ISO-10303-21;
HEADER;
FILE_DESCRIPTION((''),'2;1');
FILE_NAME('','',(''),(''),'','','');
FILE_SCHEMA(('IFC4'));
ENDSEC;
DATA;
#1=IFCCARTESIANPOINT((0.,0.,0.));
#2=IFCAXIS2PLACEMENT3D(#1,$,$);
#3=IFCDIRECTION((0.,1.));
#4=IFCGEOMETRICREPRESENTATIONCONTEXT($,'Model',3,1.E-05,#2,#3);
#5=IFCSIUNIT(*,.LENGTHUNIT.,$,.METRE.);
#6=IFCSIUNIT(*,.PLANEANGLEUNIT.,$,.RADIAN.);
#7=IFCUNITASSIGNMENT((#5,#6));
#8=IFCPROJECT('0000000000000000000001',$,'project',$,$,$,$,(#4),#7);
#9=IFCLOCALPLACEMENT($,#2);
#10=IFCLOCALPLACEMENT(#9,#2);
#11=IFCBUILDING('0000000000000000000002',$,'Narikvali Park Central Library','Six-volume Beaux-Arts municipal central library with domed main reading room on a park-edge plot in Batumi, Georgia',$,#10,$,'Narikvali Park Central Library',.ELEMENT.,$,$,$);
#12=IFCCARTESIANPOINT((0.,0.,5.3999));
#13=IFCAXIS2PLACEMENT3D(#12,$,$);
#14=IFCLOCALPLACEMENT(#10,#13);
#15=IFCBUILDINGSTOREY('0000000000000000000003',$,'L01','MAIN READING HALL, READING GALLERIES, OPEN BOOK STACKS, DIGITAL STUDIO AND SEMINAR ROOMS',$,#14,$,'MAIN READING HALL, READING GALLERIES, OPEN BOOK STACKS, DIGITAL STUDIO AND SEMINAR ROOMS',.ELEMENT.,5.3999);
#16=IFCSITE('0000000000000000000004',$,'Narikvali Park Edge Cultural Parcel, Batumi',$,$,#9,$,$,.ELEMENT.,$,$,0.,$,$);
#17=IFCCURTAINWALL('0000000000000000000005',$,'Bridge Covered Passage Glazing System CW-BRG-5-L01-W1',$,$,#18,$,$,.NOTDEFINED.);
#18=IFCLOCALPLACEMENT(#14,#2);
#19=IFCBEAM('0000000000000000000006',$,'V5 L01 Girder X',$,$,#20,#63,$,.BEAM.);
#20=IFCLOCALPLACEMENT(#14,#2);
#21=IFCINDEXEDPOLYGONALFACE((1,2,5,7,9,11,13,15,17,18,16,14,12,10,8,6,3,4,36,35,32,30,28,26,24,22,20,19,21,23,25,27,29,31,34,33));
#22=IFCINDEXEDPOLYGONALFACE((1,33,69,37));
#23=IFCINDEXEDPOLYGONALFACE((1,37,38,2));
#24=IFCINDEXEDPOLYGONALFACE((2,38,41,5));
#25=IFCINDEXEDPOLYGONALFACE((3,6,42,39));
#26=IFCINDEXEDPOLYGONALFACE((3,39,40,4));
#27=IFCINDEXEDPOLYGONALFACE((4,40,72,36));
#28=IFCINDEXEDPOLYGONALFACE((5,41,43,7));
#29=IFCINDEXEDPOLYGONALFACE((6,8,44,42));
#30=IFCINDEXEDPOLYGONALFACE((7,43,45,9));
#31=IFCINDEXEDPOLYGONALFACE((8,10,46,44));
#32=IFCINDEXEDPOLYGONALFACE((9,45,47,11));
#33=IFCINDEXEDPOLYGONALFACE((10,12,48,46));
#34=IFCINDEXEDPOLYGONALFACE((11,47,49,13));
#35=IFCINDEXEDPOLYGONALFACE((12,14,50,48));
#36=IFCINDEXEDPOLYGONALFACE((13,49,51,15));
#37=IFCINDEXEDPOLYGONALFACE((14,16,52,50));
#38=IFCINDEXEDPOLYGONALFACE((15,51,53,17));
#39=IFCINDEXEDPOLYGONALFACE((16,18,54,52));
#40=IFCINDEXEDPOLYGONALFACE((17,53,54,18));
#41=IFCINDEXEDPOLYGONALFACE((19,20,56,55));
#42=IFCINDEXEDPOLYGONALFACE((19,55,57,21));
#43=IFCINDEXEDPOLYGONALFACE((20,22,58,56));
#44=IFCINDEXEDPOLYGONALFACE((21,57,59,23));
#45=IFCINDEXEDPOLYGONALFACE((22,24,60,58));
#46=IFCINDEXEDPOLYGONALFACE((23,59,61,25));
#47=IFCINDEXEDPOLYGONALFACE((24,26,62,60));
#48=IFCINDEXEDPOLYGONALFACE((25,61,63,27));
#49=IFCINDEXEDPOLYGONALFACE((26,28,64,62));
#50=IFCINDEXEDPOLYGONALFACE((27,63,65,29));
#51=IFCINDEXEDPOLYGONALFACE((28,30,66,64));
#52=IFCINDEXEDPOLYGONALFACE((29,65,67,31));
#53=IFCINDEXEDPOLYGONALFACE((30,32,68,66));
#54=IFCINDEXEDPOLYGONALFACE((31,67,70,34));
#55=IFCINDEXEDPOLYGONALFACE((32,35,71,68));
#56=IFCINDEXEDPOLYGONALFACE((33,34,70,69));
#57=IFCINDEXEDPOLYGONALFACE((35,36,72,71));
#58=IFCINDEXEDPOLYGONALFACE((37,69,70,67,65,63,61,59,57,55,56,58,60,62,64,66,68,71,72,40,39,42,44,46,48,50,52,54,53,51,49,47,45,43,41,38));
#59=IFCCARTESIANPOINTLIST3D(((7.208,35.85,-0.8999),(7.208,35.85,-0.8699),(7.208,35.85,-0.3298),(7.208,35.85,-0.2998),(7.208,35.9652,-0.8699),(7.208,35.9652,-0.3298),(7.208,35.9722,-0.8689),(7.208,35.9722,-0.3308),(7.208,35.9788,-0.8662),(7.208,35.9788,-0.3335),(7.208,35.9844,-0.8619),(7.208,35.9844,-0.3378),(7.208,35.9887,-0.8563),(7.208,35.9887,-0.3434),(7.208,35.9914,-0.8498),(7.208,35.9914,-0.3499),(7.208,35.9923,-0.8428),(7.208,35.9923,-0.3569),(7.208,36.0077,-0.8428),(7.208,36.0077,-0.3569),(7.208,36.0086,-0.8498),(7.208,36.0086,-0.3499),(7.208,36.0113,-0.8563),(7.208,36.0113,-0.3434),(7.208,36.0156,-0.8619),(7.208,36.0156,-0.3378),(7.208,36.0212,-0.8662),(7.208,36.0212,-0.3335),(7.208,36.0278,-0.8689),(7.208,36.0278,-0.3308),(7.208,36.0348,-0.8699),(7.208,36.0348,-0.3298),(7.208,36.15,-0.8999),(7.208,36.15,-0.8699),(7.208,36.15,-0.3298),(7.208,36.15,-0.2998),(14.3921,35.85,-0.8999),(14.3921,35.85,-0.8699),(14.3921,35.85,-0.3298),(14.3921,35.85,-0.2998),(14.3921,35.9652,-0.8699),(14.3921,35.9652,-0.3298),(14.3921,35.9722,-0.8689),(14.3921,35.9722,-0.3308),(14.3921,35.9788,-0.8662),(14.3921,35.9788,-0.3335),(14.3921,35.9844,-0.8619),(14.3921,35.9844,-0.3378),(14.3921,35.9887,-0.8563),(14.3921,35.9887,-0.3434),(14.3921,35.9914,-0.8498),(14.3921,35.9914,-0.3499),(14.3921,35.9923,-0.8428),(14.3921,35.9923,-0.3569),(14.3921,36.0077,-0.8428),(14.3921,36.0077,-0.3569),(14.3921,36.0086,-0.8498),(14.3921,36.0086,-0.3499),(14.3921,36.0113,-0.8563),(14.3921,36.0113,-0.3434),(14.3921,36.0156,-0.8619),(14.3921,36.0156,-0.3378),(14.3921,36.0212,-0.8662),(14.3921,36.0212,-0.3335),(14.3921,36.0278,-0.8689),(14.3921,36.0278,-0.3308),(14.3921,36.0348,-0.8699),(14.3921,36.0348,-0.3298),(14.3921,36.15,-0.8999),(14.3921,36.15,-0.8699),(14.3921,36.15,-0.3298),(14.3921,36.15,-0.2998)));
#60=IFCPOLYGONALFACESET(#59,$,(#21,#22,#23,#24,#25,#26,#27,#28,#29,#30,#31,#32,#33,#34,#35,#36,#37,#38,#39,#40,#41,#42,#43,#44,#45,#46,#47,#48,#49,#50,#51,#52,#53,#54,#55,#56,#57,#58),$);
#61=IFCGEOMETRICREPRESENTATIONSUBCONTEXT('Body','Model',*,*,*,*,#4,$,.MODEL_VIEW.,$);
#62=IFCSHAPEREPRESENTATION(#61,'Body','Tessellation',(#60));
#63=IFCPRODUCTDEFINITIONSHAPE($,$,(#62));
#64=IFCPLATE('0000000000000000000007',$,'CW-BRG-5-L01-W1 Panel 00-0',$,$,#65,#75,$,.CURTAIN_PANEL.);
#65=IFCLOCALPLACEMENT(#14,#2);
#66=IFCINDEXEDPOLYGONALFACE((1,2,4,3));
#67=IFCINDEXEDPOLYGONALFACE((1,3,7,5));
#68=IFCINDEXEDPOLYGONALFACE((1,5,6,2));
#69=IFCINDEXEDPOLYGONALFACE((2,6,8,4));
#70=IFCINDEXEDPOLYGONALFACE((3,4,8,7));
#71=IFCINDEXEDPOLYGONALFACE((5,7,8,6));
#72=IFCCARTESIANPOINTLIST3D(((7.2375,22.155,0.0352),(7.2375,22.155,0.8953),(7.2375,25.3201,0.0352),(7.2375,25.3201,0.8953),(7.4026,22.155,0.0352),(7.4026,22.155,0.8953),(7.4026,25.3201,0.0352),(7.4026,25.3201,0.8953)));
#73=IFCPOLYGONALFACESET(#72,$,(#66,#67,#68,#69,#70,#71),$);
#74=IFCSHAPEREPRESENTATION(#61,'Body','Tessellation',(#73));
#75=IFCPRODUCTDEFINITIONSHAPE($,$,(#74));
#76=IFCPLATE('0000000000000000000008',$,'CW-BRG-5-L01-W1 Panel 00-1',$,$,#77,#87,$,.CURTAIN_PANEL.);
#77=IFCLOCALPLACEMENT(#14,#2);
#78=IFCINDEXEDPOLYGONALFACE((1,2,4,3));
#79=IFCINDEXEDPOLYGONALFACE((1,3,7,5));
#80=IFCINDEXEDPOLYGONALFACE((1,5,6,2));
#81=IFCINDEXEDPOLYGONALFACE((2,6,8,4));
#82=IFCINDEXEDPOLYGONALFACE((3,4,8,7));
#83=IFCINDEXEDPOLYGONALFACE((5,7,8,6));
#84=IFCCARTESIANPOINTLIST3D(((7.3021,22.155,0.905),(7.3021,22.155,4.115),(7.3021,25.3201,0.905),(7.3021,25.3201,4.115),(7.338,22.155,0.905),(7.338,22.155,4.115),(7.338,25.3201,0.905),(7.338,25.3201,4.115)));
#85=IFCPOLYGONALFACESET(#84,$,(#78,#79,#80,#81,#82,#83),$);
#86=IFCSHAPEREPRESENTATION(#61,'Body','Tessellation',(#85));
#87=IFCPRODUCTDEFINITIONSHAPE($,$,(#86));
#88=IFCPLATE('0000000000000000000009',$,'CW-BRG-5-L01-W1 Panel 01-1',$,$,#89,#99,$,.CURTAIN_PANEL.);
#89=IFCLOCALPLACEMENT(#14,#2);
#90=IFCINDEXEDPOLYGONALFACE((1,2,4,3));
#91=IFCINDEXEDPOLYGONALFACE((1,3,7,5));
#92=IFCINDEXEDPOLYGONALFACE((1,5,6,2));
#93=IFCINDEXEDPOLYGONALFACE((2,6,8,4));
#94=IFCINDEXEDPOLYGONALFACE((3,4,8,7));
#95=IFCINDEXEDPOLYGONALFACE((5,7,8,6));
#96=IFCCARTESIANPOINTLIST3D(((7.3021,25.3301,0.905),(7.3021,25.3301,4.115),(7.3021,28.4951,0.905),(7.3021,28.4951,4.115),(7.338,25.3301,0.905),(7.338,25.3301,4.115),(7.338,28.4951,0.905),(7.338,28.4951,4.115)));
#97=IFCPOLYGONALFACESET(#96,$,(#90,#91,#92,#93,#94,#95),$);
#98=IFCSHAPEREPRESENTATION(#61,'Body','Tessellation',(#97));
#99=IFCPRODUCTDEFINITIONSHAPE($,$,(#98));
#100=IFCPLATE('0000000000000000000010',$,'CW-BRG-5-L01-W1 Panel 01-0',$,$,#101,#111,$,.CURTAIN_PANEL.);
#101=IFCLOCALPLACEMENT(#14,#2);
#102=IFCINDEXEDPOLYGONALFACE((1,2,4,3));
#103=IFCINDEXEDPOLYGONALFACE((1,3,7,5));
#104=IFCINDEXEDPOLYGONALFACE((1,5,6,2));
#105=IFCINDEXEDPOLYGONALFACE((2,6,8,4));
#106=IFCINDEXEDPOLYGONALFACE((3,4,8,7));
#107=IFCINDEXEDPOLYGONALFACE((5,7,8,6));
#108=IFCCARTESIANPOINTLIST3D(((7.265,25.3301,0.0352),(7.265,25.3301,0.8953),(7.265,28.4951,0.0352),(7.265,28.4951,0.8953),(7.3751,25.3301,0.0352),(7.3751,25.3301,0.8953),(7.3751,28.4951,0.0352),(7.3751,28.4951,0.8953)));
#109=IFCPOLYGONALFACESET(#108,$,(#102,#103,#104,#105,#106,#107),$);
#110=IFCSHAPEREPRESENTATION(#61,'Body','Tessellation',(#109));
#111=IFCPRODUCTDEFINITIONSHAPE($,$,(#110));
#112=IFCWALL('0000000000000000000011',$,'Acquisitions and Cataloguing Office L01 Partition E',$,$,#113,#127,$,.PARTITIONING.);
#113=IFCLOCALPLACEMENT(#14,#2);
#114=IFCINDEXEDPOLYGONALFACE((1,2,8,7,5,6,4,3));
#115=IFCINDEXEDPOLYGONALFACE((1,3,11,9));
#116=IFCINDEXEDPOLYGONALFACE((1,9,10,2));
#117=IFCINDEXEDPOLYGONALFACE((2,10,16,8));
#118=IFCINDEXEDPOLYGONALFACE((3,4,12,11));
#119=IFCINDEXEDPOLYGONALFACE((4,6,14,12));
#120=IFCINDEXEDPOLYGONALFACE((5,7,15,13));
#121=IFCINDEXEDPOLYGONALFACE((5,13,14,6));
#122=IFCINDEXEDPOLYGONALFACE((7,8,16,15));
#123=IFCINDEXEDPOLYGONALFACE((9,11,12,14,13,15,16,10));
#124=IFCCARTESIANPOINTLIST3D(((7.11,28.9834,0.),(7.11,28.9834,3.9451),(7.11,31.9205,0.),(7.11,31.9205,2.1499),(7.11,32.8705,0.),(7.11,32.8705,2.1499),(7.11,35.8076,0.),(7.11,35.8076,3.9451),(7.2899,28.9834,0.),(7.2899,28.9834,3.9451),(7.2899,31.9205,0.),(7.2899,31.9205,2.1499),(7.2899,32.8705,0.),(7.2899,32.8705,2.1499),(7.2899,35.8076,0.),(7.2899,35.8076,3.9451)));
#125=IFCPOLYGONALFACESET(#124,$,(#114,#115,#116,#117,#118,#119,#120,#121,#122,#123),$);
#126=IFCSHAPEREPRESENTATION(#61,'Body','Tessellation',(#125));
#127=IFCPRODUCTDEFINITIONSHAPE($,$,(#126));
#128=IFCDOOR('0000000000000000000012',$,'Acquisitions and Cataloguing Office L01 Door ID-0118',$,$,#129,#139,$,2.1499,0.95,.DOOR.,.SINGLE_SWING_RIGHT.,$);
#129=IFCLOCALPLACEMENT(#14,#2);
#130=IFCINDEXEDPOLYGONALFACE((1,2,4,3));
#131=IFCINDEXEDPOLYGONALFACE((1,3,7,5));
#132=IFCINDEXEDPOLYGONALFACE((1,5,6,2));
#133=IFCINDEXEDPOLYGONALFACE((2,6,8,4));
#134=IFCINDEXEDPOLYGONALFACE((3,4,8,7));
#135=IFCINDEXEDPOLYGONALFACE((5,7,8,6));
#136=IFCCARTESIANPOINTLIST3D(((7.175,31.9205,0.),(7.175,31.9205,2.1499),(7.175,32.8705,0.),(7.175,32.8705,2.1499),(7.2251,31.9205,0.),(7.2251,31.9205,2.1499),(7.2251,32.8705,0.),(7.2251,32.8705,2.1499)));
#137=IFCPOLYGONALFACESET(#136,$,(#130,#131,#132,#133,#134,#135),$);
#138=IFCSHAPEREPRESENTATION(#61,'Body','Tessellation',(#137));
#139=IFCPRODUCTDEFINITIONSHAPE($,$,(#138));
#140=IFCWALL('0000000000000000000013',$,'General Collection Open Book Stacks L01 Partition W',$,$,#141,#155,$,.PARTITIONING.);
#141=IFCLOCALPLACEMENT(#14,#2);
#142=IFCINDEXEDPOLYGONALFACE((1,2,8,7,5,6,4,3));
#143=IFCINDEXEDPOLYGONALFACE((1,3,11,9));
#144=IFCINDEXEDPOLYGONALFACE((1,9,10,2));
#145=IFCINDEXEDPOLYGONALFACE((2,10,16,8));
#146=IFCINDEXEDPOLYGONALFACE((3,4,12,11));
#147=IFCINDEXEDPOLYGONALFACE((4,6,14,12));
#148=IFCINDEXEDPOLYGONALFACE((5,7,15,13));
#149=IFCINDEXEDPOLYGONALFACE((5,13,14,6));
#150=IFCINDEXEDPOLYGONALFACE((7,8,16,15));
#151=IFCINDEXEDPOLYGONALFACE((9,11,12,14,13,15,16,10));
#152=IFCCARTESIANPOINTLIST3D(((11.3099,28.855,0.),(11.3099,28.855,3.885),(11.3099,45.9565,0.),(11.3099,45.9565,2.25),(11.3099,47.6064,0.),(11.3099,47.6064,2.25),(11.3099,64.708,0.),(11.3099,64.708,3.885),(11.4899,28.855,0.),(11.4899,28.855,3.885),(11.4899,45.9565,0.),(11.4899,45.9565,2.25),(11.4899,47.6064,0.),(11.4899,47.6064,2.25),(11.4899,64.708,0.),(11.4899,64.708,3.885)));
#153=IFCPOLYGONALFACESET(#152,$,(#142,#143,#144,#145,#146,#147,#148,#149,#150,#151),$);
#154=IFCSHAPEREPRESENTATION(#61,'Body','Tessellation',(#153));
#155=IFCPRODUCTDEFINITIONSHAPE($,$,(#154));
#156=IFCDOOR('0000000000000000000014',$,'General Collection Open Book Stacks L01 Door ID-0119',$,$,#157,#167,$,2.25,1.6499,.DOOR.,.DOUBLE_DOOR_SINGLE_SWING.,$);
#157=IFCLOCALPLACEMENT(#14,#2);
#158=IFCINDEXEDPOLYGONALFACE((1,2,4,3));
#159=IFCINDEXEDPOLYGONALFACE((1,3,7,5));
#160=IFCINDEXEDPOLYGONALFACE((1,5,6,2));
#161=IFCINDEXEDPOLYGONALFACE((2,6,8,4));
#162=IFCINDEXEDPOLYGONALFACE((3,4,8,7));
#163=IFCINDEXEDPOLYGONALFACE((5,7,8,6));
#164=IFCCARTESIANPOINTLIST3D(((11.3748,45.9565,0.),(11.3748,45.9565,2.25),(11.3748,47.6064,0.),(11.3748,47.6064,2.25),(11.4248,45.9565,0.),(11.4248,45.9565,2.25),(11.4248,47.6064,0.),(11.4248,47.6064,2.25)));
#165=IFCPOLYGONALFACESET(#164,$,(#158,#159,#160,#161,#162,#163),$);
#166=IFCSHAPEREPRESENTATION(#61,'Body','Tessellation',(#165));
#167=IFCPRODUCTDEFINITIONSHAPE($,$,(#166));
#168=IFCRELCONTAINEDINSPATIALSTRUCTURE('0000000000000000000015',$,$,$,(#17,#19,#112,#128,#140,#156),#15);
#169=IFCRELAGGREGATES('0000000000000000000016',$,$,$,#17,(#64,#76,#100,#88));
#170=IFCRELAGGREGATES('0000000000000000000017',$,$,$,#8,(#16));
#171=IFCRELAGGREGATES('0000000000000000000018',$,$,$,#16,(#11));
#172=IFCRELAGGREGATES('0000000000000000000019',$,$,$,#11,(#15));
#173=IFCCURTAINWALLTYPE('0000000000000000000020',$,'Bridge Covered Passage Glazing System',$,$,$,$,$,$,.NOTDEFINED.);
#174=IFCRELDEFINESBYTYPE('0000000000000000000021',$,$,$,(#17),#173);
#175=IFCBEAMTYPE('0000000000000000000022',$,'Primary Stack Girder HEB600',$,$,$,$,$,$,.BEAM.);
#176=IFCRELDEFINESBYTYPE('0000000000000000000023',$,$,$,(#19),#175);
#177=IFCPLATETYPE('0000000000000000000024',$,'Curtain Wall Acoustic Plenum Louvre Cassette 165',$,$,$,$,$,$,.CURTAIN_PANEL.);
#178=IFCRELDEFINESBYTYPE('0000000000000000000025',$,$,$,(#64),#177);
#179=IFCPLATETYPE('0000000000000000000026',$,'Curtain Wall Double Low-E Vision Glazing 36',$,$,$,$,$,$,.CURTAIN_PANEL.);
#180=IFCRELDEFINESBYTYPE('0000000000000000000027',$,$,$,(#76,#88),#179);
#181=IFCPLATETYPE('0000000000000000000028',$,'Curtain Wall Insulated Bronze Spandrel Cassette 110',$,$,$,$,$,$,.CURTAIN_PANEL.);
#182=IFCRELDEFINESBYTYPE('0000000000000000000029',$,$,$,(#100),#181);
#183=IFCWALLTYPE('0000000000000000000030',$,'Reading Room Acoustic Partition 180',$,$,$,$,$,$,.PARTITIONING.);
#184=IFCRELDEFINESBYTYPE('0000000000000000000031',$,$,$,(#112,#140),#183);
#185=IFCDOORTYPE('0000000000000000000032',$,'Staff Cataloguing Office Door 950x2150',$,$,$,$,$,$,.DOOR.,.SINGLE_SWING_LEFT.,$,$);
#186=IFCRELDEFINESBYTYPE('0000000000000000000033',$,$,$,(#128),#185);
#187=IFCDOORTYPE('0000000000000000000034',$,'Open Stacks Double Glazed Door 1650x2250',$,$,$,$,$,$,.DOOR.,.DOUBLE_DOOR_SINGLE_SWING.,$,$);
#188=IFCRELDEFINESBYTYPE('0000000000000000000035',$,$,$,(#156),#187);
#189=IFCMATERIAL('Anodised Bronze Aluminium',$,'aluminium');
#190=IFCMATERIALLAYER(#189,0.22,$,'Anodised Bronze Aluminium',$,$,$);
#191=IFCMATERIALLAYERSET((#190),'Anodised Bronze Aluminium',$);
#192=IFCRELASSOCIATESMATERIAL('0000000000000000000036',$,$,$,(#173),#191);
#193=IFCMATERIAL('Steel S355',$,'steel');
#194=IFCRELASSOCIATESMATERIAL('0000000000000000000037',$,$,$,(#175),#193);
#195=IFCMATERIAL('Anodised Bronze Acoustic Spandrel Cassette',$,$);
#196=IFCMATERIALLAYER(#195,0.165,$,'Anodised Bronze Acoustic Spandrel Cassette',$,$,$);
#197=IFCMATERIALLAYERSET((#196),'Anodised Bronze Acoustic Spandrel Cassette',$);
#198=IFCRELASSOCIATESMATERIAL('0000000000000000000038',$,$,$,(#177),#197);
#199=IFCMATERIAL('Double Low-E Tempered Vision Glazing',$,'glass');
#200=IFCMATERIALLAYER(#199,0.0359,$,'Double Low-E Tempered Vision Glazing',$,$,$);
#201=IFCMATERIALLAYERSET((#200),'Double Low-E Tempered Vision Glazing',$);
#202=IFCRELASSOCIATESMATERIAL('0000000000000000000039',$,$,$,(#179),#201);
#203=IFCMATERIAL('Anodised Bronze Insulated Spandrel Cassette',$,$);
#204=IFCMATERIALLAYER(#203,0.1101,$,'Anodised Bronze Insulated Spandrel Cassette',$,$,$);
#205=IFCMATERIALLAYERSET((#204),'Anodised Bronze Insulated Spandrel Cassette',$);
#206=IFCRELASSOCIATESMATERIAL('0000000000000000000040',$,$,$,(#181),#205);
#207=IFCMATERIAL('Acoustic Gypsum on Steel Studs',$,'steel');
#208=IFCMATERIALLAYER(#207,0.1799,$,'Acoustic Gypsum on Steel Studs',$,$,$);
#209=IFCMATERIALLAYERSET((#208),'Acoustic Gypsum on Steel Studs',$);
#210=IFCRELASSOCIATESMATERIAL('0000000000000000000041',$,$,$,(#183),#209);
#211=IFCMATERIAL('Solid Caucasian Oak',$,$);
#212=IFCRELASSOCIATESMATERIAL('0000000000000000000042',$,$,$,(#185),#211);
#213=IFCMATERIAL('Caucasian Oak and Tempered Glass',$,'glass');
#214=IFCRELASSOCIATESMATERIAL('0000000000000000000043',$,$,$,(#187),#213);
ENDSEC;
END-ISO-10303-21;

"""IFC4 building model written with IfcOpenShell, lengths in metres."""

from ifc_helpers import new_model, si_unit, direction, frame, frame_2d, origin, origin_2d, place, context, subcontext, project, spatial, rectangle, i_section, extrude, material, layer, layer_set, material_profile, profile_set, type_object, element, fill, aggregate, save


model = new_model("IFC4")

# Units and contexts
model_context = context("Model", 3, precision=1e-05, world=origin(), true_north=direction((0.0, 1.0)))
body_context = subcontext(model_context, "Body", "Model", "MODEL_VIEW")
ifc_project = project(units=[si_unit("LENGTHUNIT", "METRE"), si_unit("PLANEANGLEUNIT", "RADIAN")], contexts=[model_context])

# Site, building, storey
site_placement = place(None, origin())
site = spatial("IfcSite", under=ifc_project, at=site_placement, Name="Narikvali Park Edge Cultural Parcel, Batumi", CompositionType="ELEMENT", RefElevation=0.0)
building_placement = place(site_placement, origin())
building = spatial("IfcBuilding", under=site, at=building_placement, Name="Narikvali Park Central Library", Description="Six-volume Beaux-Arts municipal central library with domed main reading room on a park-edge plot in Batumi, Georgia", LongName="Narikvali Park Central Library", CompositionType="ELEMENT")
storey_placement = place(building_placement, frame((0.0, 0.0, 5.3999)))
storey = spatial("IfcBuildingStorey", under=building, at=storey_placement, Name="L01", Description="MAIN READING HALL, READING GALLERIES, OPEN BOOK STACKS, DIGITAL STUDIO AND SEMINAR ROOMS", LongName="MAIN READING HALL, READING GALLERIES, OPEN BOOK STACKS, DIGITAL STUDIO AND SEMINAR ROOMS", CompositionType="ELEMENT", Elevation=5.3999)

# Shared definitions
ifc_material_1 = material(Name="Steel S355", Category="steel")

# Curtain wall
ifc_material_2 = material(Name="Anodised Bronze Aluminium", Category="aluminium")
ifc_layer_1 = layer(ifc_material_2, 0.22, Name="Anodised Bronze Aluminium")
ifc_layer_set_1 = layer_set([ifc_layer_1], Name="Anodised Bronze Aluminium")
curtain_wall_type = type_object("IfcCurtainWallType", Name="Bridge Covered Passage Glazing System", PredefinedType="NOTDEFINED", material=ifc_layer_set_1)
curtain_wall_placement = place(storey_placement, origin())
curtain_wall = element("IfcCurtainWall", 1, at=curtain_wall_placement, inside=storey, type_object=curtain_wall_type, Name="Bridge Covered Passage Glazing System CW-BRG-5-L01-W1", PredefinedType="NOTDEFINED")

# Beam
ifc_material_profile_1 = material_profile(ifc_material_1, i_section(OverallWidth=0.3, OverallDepth=0.6001, WebThickness=0.0154, FlangeThickness=0.03, FilletRadius=0.0271, at=origin_2d()), Name="HEB 600")
ifc_profile_set_1 = profile_set([ifc_material_profile_1], Name="Steel S355")
beam_type_1 = type_object("IfcBeamType", Name="Primary Stack Girder HEB600", PredefinedType="BEAM", material=ifc_profile_set_1)
beam_1_placement = place(storey_placement, frame((7.208, 36.0, -0.5999), z_axis=(1.0, 0.0, 0.0), x_axis=(0.0, 1.0, 0.0)))
element("IfcBeam", 2, at=beam_1_placement, inside=storey, type_object=beam_type_1, Name="V5 L01 Girder X", PredefinedType="BEAM", context=body_context, shape_type="SweptSolid", body=[
    extrude(i_section(OverallWidth=0.3, OverallDepth=0.6001, WebThickness=0.0154, FlangeThickness=0.03, FilletRadius=0.0271, at=origin_2d()), origin(), (0.0, 0.0, 1.0), 7.1841),
])

# Plates
ifc_material_3 = material(Name="Anodised Bronze Acoustic Spandrel Cassette")
ifc_layer_2 = layer(ifc_material_3, 0.165, Name="Anodised Bronze Acoustic Spandrel Cassette")
ifc_layer_set_2 = layer_set([ifc_layer_2], Name="Anodised Bronze Acoustic Spandrel Cassette")
plate_type_1 = type_object("IfcPlateType", Name="Curtain Wall Acoustic Plenum Louvre Cassette 165", PredefinedType="CURTAIN_PANEL", material=ifc_layer_set_2)
plate_1_placement = place(storey_placement, frame((7.3201, 23.7375, 0.0352), z_axis=(0.0, 0.0, 1.0), x_axis=(0.0, 1.0, 0.0)))
plate_1 = element("IfcPlate", 3, at=plate_1_placement, type_object=plate_type_1, Name="CW-BRG-5-L01-W1 Panel 00-0", PredefinedType="CURTAIN_PANEL", context=body_context, shape_type="SweptSolid", body=[
    extrude(rectangle(XDim=3.165, YDim=0.165, at=origin_2d()), origin(), (0.0, 0.0, 1.0), 0.8601),
])
ifc_material_4 = material(Name="Double Low-E Tempered Vision Glazing", Category="glass")
ifc_layer_3 = layer(ifc_material_4, 0.0359, Name="Double Low-E Tempered Vision Glazing")
ifc_layer_set_3 = layer_set([ifc_layer_3], Name="Double Low-E Tempered Vision Glazing")
plate_type_2 = type_object("IfcPlateType", Name="Curtain Wall Double Low-E Vision Glazing 36", PredefinedType="CURTAIN_PANEL", material=ifc_layer_set_3)
plate_2_placement = place(storey_placement, frame((7.3201, 23.7375, 0.905), z_axis=(0.0, 0.0, 1.0), x_axis=(0.0, 1.0, 0.0)))
plate_2 = element("IfcPlate", 4, at=plate_2_placement, type_object=plate_type_2, Name="CW-BRG-5-L01-W1 Panel 00-1", PredefinedType="CURTAIN_PANEL", context=body_context, shape_type="SweptSolid", body=[
    extrude(rectangle(XDim=3.165, YDim=0.0359, at=origin_2d()), origin(), (0.0, 0.0, 1.0), 3.21),
])
plate_3_placement = place(storey_placement, frame((7.3201, 26.9126, 0.905), z_axis=(0.0, 0.0, 1.0), x_axis=(0.0, 1.0, 0.0)))
plate_3 = element("IfcPlate", 5, at=plate_3_placement, type_object=plate_type_2, Name="CW-BRG-5-L01-W1 Panel 01-1", PredefinedType="CURTAIN_PANEL", context=body_context, shape_type="SweptSolid", body=[
    extrude(rectangle(XDim=3.165, YDim=0.0359, at=origin_2d()), origin(), (0.0, 0.0, 1.0), 3.21),
])
ifc_material_5 = material(Name="Anodised Bronze Insulated Spandrel Cassette")
ifc_layer_4 = layer(ifc_material_5, 0.1101, Name="Anodised Bronze Insulated Spandrel Cassette")
ifc_layer_set_4 = layer_set([ifc_layer_4], Name="Anodised Bronze Insulated Spandrel Cassette")
plate_type_3 = type_object("IfcPlateType", Name="Curtain Wall Insulated Bronze Spandrel Cassette 110", PredefinedType="CURTAIN_PANEL", material=ifc_layer_set_4)
plate_4_placement = place(storey_placement, frame((7.3201, 26.9126, 0.0352), z_axis=(0.0, 0.0, 1.0), x_axis=(0.0, 1.0, 0.0)))
plate_4 = element("IfcPlate", 6, at=plate_4_placement, type_object=plate_type_3, Name="CW-BRG-5-L01-W1 Panel 01-0", PredefinedType="CURTAIN_PANEL", context=body_context, shape_type="SweptSolid", body=[
    extrude(rectangle(XDim=3.165, YDim=0.1101, at=origin_2d()), origin(), (0.0, 0.0, 1.0), 0.8601),
])
aggregate(curtain_wall, [plate_1, plate_2, plate_4, plate_3])

# Walls, openings, doors
ifc_material_6 = material(Name="Acoustic Gypsum on Steel Studs", Category="steel")
ifc_layer_5 = layer(ifc_material_6, 0.1799, Name="Acoustic Gypsum on Steel Studs")
ifc_layer_set_5 = layer_set([ifc_layer_5], Name="Acoustic Gypsum on Steel Studs")
wall_type_1 = type_object("IfcWallType", Name="Reading Room Acoustic Partition 180", PredefinedType="PARTITIONING", material=ifc_layer_set_5)
wall_1_placement = place(storey_placement, frame((7.2, 28.9834, 0.0), z_axis=(0.0, 0.0, 1.0), x_axis=(0.0, 1.0, 0.0)))
wall_1 = element("IfcWall", 7, at=wall_1_placement, inside=storey, type_object=wall_type_1, Name="Acquisitions and Cataloguing Office L01 Partition E", PredefinedType="PARTITIONING", context=body_context, shape_type="SweptSolid", body=[
    extrude(rectangle(XDim=6.8242, YDim=0.1799, at=frame_2d((3.4121, 0.0))), origin(), (0.0, 0.0, 1.0), 3.9451),
])
opening_1_placement = place(wall_1_placement, frame((2.937, 0.0, 0.0)))
opening_1 = element("IfcOpeningElement", 8, at=opening_1_placement, cuts=wall_1, PredefinedType="OPENING", context=body_context, shape_type="SweptSolid", body=[
    extrude(rectangle(XDim=0.95, YDim=2.1499, at=frame_2d((0.4751, 1.075))), frame((0.0, 0.1021, 0.0), z_axis=(0.0, -1.0, 0.0), x_axis=(1.0, 0.0, 0.0)), (0.0, 0.0, 1.0), 0.2039),
])
ifc_material_7 = material(Name="Solid Caucasian Oak")
door_type_1 = type_object("IfcDoorType", Name="Staff Cataloguing Office Door 950x2150", OperationType="SINGLE_SWING_LEFT", PredefinedType="DOOR", material=ifc_material_7)
door_1_placement = place(opening_1_placement, origin())
door_1 = element("IfcDoor", 9, at=door_1_placement, inside=storey, type_object=door_type_1, Name="Acquisitions and Cataloguing Office L01 Door ID-0118", OperationType="SINGLE_SWING_RIGHT", OverallHeight=2.1499, OverallWidth=0.95, PredefinedType="DOOR", context=body_context, shape_type="SweptSolid", body=[
    extrude(rectangle(XDim=0.95, YDim=2.1499, at=frame_2d((0.4751, 1.075))), frame((0.0, 0.0249, 0.0), z_axis=(0.0, -1.0, 0.0), x_axis=(1.0, 0.0, 0.0)), (0.0, 0.0, 1.0), 0.05),
])
fill(opening_1, door_1)
wall_2_placement = place(storey_placement, frame((11.3999, 28.855, 0.0), z_axis=(0.0, 0.0, 1.0), x_axis=(0.0, 1.0, 0.0)))
wall_2 = element("IfcWall", 10, at=wall_2_placement, inside=storey, type_object=wall_type_1, Name="General Collection Open Book Stacks L01 Partition W", PredefinedType="PARTITIONING", context=body_context, shape_type="SweptSolid", body=[
    extrude(rectangle(XDim=35.853, YDim=0.1799, at=frame_2d((17.9265, 0.0))), origin(), (0.0, 0.0, 1.0), 3.885),
])
opening_2_placement = place(wall_2_placement, frame((17.1016, 0.0, 0.0)))
opening_2 = element("IfcOpeningElement", 11, at=opening_2_placement, cuts=wall_2, PredefinedType="OPENING", context=body_context, shape_type="SweptSolid", body=[
    extrude(rectangle(XDim=1.6499, YDim=2.25, at=frame_2d((0.825, 1.125))), frame((0.0, 0.1021, 0.0), z_axis=(0.0, -1.0, 0.0), x_axis=(1.0, 0.0, 0.0)), (0.0, 0.0, 1.0), 0.2039),
])
ifc_material_8 = material(Name="Caucasian Oak and Tempered Glass", Category="glass")
door_type_2 = type_object("IfcDoorType", Name="Open Stacks Double Glazed Door 1650x2250", OperationType="DOUBLE_DOOR_SINGLE_SWING", PredefinedType="DOOR", material=ifc_material_8)
door_2_placement = place(opening_2_placement, frame((1.6499, 0.0, 0.0), z_axis=(0.0, 0.0, 1.0), x_axis=(-1.0, 0.0, 0.0)))
door_2 = element("IfcDoor", 12, at=door_2_placement, inside=storey, type_object=door_type_2, Name="General Collection Open Book Stacks L01 Door ID-0119", OperationType="DOUBLE_DOOR_SINGLE_SWING", OverallHeight=2.25, OverallWidth=1.6499, PredefinedType="DOOR", context=body_context, shape_type="SweptSolid", body=[
    extrude(rectangle(XDim=1.6499, YDim=2.25, at=frame_2d((0.825, 1.125))), frame((0.0, 0.0249, 0.0), z_axis=(0.0, -1.0, 0.0), x_axis=(1.0, 0.0, 0.0)), (0.0, 0.0, 1.0), 0.05),
])
fill(opening_2, door_2)

save(model, "model.ifc")
